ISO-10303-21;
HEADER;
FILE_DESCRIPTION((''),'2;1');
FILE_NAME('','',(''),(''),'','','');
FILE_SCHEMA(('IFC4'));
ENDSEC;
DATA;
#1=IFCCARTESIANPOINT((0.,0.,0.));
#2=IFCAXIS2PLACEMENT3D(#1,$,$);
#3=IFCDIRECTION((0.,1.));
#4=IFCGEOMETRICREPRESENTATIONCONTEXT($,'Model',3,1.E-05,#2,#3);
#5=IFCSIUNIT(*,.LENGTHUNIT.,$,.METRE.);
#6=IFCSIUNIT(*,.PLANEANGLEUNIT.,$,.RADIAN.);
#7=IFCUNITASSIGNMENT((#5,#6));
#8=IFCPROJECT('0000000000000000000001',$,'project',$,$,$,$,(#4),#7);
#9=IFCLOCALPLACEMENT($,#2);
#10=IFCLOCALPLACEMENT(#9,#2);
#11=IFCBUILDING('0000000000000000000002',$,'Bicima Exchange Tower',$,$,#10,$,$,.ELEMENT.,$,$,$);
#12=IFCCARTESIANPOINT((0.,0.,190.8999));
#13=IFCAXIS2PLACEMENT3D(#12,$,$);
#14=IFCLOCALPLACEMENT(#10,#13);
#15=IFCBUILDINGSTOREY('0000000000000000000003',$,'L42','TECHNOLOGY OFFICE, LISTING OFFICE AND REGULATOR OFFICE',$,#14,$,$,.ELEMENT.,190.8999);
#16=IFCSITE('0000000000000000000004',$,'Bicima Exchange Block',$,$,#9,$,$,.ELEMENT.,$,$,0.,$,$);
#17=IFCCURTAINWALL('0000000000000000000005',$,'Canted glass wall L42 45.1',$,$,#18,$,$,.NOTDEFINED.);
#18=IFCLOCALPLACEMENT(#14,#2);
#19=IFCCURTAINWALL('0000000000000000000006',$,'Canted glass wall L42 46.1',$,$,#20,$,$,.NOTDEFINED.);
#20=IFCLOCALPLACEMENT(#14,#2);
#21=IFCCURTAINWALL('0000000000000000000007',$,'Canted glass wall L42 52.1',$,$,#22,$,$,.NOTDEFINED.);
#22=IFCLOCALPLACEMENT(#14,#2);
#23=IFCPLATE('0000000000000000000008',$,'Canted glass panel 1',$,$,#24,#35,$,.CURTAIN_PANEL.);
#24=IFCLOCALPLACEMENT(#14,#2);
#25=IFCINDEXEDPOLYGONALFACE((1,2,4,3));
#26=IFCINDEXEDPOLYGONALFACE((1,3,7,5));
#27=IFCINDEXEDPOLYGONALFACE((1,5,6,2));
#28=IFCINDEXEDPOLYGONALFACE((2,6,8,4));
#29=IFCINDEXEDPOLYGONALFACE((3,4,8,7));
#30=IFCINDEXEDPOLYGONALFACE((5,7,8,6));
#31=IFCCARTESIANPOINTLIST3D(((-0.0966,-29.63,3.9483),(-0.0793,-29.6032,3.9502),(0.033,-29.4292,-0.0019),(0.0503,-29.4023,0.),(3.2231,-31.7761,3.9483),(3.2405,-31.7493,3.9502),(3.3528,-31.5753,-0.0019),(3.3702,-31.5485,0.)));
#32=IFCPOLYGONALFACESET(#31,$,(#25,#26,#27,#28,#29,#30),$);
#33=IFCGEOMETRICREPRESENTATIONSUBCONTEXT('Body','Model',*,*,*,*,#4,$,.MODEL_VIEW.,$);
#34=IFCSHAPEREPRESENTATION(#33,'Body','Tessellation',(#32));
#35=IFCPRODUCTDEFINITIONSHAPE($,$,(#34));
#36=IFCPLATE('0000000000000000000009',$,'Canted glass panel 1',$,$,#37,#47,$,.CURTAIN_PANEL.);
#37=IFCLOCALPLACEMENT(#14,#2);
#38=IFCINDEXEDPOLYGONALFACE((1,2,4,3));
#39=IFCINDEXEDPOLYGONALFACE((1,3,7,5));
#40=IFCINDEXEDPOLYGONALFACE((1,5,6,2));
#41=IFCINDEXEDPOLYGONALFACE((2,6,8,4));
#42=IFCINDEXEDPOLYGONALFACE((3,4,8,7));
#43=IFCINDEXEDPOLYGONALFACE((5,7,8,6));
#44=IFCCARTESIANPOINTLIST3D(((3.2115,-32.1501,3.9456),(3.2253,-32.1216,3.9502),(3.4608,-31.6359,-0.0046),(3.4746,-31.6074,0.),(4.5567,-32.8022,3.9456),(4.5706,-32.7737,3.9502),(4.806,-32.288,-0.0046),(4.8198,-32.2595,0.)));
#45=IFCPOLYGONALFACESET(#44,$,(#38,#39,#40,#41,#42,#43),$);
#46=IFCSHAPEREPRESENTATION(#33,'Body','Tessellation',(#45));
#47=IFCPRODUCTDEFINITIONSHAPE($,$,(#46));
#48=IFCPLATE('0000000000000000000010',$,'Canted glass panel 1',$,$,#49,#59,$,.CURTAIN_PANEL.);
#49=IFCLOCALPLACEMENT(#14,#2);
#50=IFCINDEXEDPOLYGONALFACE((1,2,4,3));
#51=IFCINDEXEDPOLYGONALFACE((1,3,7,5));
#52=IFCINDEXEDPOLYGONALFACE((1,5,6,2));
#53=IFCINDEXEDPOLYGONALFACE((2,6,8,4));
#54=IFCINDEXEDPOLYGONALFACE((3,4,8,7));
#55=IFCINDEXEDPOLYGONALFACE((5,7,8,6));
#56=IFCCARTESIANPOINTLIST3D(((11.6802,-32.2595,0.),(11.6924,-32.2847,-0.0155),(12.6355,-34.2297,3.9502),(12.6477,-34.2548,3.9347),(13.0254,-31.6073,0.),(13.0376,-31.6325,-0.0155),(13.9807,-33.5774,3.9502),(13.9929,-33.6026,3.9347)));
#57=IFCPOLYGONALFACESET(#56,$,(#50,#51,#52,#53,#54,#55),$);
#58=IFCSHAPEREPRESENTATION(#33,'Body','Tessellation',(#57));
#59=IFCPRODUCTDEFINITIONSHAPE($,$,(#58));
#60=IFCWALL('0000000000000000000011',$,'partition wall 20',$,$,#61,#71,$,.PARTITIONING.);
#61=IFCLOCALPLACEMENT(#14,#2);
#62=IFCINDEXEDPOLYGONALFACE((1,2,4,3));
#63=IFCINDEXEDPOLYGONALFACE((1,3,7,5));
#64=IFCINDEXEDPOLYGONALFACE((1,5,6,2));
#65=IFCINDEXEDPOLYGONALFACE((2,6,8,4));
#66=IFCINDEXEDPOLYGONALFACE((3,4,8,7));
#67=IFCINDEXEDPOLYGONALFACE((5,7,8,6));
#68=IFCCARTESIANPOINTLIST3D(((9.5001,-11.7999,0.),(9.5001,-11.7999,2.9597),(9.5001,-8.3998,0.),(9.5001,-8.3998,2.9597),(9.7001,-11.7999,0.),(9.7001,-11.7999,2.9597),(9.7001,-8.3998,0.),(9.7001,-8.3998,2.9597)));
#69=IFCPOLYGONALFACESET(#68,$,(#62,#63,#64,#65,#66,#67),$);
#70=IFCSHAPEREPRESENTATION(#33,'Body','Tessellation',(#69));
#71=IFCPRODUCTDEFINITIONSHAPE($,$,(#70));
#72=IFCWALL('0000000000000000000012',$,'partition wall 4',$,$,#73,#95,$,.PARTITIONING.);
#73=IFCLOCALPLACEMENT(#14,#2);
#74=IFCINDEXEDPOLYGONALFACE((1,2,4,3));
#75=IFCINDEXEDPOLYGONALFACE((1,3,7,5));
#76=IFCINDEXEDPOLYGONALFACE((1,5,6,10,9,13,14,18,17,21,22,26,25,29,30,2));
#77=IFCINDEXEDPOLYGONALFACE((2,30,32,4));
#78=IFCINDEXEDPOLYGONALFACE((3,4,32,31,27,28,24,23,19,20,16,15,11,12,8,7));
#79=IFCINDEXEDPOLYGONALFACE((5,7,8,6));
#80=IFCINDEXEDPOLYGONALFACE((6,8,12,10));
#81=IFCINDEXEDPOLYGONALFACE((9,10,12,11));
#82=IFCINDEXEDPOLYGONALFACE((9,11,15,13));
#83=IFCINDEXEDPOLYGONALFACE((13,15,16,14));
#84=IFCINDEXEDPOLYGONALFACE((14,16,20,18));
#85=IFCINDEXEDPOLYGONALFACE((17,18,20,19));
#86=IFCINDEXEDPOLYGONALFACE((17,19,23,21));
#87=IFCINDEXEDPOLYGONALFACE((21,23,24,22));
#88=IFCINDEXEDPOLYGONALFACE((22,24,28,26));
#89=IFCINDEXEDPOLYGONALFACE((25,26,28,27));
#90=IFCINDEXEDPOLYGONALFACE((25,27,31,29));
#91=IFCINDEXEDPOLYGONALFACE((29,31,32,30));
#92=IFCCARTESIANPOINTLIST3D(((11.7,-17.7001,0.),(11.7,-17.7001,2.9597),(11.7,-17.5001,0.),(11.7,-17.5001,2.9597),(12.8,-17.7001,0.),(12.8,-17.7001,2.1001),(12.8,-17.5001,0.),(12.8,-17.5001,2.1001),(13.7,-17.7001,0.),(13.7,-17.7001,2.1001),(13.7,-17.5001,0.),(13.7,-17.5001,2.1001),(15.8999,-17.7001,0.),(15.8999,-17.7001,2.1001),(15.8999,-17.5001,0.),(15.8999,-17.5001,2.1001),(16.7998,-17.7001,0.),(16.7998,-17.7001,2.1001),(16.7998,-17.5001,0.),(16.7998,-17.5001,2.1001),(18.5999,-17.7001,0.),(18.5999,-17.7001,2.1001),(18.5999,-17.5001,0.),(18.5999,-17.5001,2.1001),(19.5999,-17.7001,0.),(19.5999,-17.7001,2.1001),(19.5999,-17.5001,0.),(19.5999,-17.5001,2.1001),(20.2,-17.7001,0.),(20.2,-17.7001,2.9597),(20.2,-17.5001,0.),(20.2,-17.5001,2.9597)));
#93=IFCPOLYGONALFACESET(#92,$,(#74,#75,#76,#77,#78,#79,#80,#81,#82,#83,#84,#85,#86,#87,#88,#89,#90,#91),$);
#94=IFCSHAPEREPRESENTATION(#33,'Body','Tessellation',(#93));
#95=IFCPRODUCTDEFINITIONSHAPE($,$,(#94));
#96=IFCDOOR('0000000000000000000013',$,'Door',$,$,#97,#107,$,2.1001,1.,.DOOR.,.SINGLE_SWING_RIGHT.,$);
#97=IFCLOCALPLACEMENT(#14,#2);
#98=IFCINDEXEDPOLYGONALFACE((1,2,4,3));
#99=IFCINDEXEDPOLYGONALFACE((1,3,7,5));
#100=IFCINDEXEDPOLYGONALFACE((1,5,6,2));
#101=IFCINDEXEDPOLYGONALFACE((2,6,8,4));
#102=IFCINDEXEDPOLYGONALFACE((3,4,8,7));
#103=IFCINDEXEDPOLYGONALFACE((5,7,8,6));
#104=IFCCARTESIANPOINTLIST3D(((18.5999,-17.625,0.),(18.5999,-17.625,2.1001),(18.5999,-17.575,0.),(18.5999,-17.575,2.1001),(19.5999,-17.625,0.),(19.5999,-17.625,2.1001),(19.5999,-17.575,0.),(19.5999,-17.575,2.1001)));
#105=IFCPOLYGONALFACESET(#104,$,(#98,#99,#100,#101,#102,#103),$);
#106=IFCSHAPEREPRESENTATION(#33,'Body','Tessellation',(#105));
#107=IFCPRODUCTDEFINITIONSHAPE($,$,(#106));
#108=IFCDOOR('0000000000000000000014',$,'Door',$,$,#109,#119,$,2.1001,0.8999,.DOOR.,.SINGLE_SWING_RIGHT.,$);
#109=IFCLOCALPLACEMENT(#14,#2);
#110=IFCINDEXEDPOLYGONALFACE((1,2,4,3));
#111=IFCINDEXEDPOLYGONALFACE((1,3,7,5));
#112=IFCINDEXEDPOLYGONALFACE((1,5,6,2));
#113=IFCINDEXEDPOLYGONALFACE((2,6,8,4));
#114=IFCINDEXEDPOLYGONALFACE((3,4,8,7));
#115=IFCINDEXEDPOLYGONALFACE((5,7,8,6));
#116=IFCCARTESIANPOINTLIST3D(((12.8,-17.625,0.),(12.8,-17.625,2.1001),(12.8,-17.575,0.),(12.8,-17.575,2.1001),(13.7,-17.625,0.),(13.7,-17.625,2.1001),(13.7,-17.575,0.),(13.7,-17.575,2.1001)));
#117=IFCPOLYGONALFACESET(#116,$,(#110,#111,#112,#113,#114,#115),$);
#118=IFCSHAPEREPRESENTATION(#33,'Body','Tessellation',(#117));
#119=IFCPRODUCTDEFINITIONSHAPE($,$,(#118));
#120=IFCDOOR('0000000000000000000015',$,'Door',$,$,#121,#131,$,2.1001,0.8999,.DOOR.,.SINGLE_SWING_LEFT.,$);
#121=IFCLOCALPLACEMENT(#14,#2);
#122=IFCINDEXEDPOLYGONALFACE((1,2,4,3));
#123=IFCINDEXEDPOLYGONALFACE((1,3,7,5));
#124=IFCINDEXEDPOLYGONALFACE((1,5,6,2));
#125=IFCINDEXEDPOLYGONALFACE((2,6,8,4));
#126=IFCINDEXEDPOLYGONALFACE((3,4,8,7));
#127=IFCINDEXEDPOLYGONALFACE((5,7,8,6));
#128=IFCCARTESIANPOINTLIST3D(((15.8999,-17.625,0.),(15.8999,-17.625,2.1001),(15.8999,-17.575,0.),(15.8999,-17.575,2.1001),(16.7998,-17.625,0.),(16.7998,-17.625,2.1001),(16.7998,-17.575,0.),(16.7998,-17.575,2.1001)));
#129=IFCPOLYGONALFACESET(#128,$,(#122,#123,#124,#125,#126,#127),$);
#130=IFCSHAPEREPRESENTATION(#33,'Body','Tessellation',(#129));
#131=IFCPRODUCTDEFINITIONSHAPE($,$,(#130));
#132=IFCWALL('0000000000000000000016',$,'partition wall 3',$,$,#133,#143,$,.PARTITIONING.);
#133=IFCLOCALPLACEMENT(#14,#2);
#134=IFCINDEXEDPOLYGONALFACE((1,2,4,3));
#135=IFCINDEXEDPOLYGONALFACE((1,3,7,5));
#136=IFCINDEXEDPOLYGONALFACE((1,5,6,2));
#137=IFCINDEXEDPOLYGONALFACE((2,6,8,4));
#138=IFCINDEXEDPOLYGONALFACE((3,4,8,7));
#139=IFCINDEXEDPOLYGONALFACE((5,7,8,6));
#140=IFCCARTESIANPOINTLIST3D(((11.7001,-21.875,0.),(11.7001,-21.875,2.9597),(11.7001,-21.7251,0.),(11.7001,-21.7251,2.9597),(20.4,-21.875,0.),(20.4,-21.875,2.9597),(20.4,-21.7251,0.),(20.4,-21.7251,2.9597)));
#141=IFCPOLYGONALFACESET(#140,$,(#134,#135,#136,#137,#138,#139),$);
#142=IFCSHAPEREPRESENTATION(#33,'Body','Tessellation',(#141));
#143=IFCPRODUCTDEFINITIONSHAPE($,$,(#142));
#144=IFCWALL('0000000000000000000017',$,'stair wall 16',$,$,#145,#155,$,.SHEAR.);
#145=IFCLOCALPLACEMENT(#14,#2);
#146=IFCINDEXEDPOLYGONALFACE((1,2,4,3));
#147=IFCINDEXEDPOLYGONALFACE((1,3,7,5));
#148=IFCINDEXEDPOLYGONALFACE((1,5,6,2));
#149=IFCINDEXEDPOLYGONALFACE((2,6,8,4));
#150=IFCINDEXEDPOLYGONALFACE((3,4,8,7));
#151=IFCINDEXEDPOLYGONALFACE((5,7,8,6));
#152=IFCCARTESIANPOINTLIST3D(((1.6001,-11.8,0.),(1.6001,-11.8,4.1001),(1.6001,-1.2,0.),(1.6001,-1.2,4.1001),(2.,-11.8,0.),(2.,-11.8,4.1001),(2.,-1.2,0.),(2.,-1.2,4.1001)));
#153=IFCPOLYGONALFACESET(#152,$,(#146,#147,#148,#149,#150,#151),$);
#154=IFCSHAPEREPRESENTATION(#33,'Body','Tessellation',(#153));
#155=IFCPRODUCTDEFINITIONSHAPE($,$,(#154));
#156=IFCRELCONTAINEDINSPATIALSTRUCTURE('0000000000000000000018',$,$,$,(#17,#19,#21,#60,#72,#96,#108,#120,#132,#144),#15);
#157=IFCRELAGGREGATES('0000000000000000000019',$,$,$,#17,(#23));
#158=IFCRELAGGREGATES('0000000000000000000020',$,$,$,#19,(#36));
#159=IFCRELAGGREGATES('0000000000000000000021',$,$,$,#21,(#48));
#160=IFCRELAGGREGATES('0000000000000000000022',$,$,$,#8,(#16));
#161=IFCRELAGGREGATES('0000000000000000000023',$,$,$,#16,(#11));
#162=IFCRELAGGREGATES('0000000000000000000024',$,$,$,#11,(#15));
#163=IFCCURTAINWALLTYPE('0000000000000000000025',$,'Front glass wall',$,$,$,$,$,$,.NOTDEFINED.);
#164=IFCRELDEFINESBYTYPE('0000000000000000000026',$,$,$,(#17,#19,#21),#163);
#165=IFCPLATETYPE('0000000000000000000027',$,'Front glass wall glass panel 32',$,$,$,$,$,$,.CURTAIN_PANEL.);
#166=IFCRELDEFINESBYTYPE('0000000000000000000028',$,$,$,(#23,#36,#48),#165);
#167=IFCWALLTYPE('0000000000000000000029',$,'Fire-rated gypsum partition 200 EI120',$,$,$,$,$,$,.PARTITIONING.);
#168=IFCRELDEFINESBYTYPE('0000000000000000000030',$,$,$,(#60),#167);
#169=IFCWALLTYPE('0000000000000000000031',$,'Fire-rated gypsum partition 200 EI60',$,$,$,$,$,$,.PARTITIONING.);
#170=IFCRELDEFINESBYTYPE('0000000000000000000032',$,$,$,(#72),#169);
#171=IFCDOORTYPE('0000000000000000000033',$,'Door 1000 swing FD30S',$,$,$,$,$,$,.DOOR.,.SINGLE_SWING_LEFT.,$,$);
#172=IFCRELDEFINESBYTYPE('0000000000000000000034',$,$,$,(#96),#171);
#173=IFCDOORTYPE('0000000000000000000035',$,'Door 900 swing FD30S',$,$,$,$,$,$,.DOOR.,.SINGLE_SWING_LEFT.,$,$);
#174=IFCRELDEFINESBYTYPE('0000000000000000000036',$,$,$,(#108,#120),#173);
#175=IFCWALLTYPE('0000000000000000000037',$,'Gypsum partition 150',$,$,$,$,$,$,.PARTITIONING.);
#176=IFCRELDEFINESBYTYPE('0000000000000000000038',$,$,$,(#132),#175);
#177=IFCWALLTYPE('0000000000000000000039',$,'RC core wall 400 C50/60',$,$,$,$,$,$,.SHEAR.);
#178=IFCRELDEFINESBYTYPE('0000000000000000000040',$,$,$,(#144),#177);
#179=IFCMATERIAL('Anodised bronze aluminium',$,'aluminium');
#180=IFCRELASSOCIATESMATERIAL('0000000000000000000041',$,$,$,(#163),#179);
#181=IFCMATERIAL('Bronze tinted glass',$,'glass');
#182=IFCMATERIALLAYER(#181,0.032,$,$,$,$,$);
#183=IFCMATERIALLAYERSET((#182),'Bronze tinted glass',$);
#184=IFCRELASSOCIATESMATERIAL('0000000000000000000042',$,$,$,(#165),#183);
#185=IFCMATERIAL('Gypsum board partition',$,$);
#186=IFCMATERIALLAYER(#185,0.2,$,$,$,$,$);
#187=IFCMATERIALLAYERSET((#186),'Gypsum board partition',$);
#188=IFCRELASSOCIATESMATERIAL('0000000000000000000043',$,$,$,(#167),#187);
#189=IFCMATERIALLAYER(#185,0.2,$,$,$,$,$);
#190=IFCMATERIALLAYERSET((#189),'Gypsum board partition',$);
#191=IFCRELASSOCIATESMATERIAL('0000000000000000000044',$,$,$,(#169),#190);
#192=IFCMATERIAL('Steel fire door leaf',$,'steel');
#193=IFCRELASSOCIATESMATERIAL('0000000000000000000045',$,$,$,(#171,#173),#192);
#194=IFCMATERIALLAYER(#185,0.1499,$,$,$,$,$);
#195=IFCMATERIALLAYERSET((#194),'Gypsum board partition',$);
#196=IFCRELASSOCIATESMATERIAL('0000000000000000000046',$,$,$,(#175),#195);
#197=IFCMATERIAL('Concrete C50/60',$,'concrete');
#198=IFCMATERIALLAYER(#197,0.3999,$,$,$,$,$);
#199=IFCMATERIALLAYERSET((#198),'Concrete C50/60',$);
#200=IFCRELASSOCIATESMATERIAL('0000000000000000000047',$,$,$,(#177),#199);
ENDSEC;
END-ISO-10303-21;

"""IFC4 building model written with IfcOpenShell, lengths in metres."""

from ifc_helpers import new_model, si_unit, direction, frame, frame_2d, origin, place, context, subcontext, project, spatial, polyline, rectangle, outline, extrude, material, layer, layer_set, type_object, element, fill, aggregate, save


model = new_model("IFC4")

# Units and contexts
model_context = context("Model", 3, precision=1e-05, world=origin(), true_north=direction((0.0, 1.0)))
body_context = subcontext(model_context, "Body", "Model", "MODEL_VIEW")
ifc_project = project(units=[si_unit("LENGTHUNIT", "METRE"), si_unit("PLANEANGLEUNIT", "RADIAN")], contexts=[model_context])

# Site, building, storey
site_placement = place(None, origin())
site = spatial("IfcSite", under=ifc_project, at=site_placement, Name="Bicima Exchange Block", CompositionType="ELEMENT", RefElevation=0.0)
building_placement = place(site_placement, origin())
building = spatial("IfcBuilding", under=site, at=building_placement, Name="Bicima Exchange Tower", CompositionType="ELEMENT")
storey_placement = place(building_placement, frame((0.0, 0.0, 190.8999)))
storey = spatial("IfcBuildingStorey", under=building, at=storey_placement, Name="L42", Description="TECHNOLOGY OFFICE, LISTING OFFICE AND REGULATOR OFFICE", CompositionType="ELEMENT", Elevation=190.8999)

# Shared definitions
ifc_material_1 = material(Name="Anodised bronze aluminium", Category="aluminium")
curtain_wall_type = type_object("IfcCurtainWallType", Name="Front glass wall", PredefinedType="NOTDEFINED", material=ifc_material_1)

# Curtain wall
curtain_wall_1_placement = place(storey_placement, origin())
curtain_wall_1 = element("IfcCurtainWall", 1, at=curtain_wall_1_placement, inside=storey, type_object=curtain_wall_type, Name="Canted glass wall L42 45.1", PredefinedType="NOTDEFINED")

# Curtain walls
curtain_wall_2_placement = place(storey_placement, origin())
curtain_wall_2 = element("IfcCurtainWall", 2, at=curtain_wall_2_placement, inside=storey, type_object=curtain_wall_type, Name="Canted glass wall L42 46.1", PredefinedType="NOTDEFINED")
curtain_wall_3_placement = place(storey_placement, origin())
curtain_wall_3 = element("IfcCurtainWall", 3, at=curtain_wall_3_placement, inside=storey, type_object=curtain_wall_type, Name="Canted glass wall L42 52.1", PredefinedType="NOTDEFINED")

# Plates
ifc_material_2 = material(Name="Bronze tinted glass", Category="glass")
ifc_layer_1 = layer(ifc_material_2, 0.032)
ifc_layer_set_1 = layer_set([ifc_layer_1], Name="Bronze tinted glass")
plate_type = type_object("IfcPlateType", Name="Front glass wall glass panel 32", PredefinedType="CURTAIN_PANEL", material=ifc_layer_set_1)
plate_1_placement = place(storey_placement, frame((0.0503, -29.4023, 0.0), z_axis=(0.541903, 0.838268, 0.060397), x_axis=(0.839801, -0.542894, 0.000002)))
plate_1 = element("IfcPlate", 4, at=plate_1_placement, type_object=plate_type, Name="Canted glass panel 1", PredefinedType="CURTAIN_PANEL", context=body_context, shape_type="SweptSolid", body=[
    extrude(outline(polyline([(0.0, 0.0), (3.9532, 0.0), (3.9533, -3.9574), (0.0002, -3.9574), (0.0, 0.0)])), origin(), (0.0, 0.0, -1.0), 0.032),
])
aggregate(curtain_wall_1, [plate_1])
plate_2_placement = place(storey_placement, frame((3.4746, -31.6074, 0.0), z_axis=(0.431712, 0.890578, 0.14316), x_axis=(0.899847, -0.436205, 0.0)))
plate_2 = element("IfcPlate", 5, at=plate_2_placement, type_object=plate_type, Name="Canted glass panel 1", PredefinedType="CURTAIN_PANEL", context=body_context, shape_type="SweptSolid", body=[
    extrude(outline(polyline([(0.0, 0.0), (1.4949, 0.0), (1.4949, -3.9913), (0.0, -3.9913), (0.0, 0.0)])), origin(), (0.0, 0.0, -1.0), 0.032),
])
aggregate(curtain_wall_2, [plate_2])
plate_3_placement = place(storey_placement, frame((11.6802, -32.2595, 0.0), z_axis=(-0.381577, 0.787007, 0.484788), x_axis=(0.899823, 0.436256, 0.000031)))
plate_3 = element("IfcPlate", 6, at=plate_3_placement, type_object=plate_type, Name="Canted glass panel 1", PredefinedType="CURTAIN_PANEL", context=body_context, shape_type="SweptSolid", body=[
    extrude(outline(polyline([(0.0, 0.0), (1.4949, 0.0), (1.4953, -4.5164), (0.0002, -4.5165), (0.0, 0.0)])), origin(), (0.0, 0.0, -1.0), 0.032),
])
aggregate(curtain_wall_3, [plate_3])

# Wall
ifc_material_3 = material(Name="Gypsum board partition")
ifc_layer_2 = layer(ifc_material_3, 0.2)
ifc_layer_set_2 = layer_set([ifc_layer_2], Name="Gypsum board partition")
wall_type_1 = type_object("IfcWallType", Name="Fire-rated gypsum partition 200 EI120", PredefinedType="PARTITIONING", material=ifc_layer_set_2)
wall_1_placement = place(storey_placement, frame((9.6001, -11.8, 0.0), z_axis=(0.0, 0.0, 1.0), x_axis=(0.0, 1.0, 0.0)))
element("IfcWall", 7, at=wall_1_placement, inside=storey, type_object=wall_type_1, Name="partition wall 20", PredefinedType="PARTITIONING", context=body_context, shape_type="SweptSolid", body=[
    extrude(rectangle(XDim=3.4001, YDim=0.2, at=frame_2d((1.7002, 0.0))), origin(), (0.0, 0.0, 1.0), 2.9597),
])

# Wall, openings, doors
ifc_layer_3 = layer(ifc_material_3, 0.2)
ifc_layer_set_3 = layer_set([ifc_layer_3], Name="Gypsum board partition")
wall_type_2 = type_object("IfcWallType", Name="Fire-rated gypsum partition 200 EI60", PredefinedType="PARTITIONING", material=ifc_layer_set_3)
wall_2_placement = place(storey_placement, frame((11.7, -17.6001, 0.0), z_axis=(0.0, 0.0, 1.0), x_axis=(1.0, 0.0, 0.0)))
wall_2 = element("IfcWall", 8, at=wall_2_placement, inside=storey, type_object=wall_type_2, Name="partition wall 4", PredefinedType="PARTITIONING", context=body_context, shape_type="SweptSolid", body=[
    extrude(rectangle(XDim=8.5, YDim=0.2, at=frame_2d((4.25, 0.0))), origin(), (0.0, 0.0, 1.0), 2.9597),
])
opening_1_placement = place(wall_2_placement, frame((1.1001, 0.0, 0.0)))
opening_1 = element("IfcOpeningElement", 9, at=opening_1_placement, cuts=wall_2, PredefinedType="OPENING", context=body_context, shape_type="SweptSolid", body=[
    extrude(rectangle(XDim=0.8999, YDim=2.1001, at=frame_2d((0.45, 1.05))), frame((0.0, 0.1118, 0.0), z_axis=(0.0, -1.0, 0.0), x_axis=(1.0, 0.0, 0.0)), (0.0, 0.0, 1.0), 0.2239),
])
opening_2_placement = place(wall_2_placement, frame((4.2, 0.0, 0.0)))
opening_2 = element("IfcOpeningElement", 10, at=opening_2_placement, cuts=wall_2, PredefinedType="OPENING", context=body_context, shape_type="SweptSolid", body=[
    extrude(rectangle(XDim=0.8999, YDim=2.1001, at=frame_2d((0.45, 1.05))), frame((0.0, 0.1118, 0.0), z_axis=(0.0, -1.0, 0.0), x_axis=(1.0, 0.0, 0.0)), (0.0, 0.0, 1.0), 0.2239),
])
opening_3_placement = place(wall_2_placement, frame((6.8999, 0.0, 0.0)))
opening_3 = element("IfcOpeningElement", 11, at=opening_3_placement, cuts=wall_2, PredefinedType="OPENING", context=body_context, shape_type="SweptSolid", body=[
    extrude(rectangle(XDim=1.0, YDim=2.1001, at=frame_2d((0.5, 1.05))), frame((0.0, 0.1118, 0.0), z_axis=(0.0, -1.0, 0.0), x_axis=(1.0, 0.0, 0.0)), (0.0, 0.0, 1.0), 0.2239),
])
ifc_material_4 = material(Name="Steel fire door leaf", Category="steel")
door_type_1 = type_object("IfcDoorType", Name="Door 1000 swing FD30S", OperationType="SINGLE_SWING_LEFT", PredefinedType="DOOR", material=ifc_material_4)
door_1_placement = place(opening_3_placement, frame((1.0, 0.0, 0.0), z_axis=(0.0, 0.0, 1.0), x_axis=(-1.0, 0.0, 0.0)))
door_1 = element("IfcDoor", 12, at=door_1_placement, inside=storey, type_object=door_type_1, Name="Door", OperationType="SINGLE_SWING_RIGHT", OverallHeight=2.1001, OverallWidth=1.0, PredefinedType="DOOR", context=body_context, shape_type="SweptSolid", body=[
    extrude(rectangle(XDim=1.0, YDim=2.1001, at=frame_2d((0.5, 1.05))), frame((0.0, 0.0249, 0.0), z_axis=(0.0, -1.0, 0.0), x_axis=(1.0, 0.0, 0.0)), (0.0, 0.0, 1.0), 0.05),
])
fill(opening_3, door_1)
door_type_2 = type_object("IfcDoorType", Name="Door 900 swing FD30S", OperationType="SINGLE_SWING_LEFT", PredefinedType="DOOR", material=ifc_material_4)
door_2_placement = place(opening_1_placement, frame((0.8999, 0.0, 0.0), z_axis=(0.0, 0.0, 1.0), x_axis=(-1.0, 0.0, 0.0)))
door_2 = element("IfcDoor", 13, at=door_2_placement, inside=storey, type_object=door_type_2, Name="Door", OperationType="SINGLE_SWING_RIGHT", OverallHeight=2.1001, OverallWidth=0.8999, PredefinedType="DOOR", context=body_context, shape_type="SweptSolid", body=[
    extrude(rectangle(XDim=0.8999, YDim=2.1001, at=frame_2d((0.45, 1.05))), frame((0.0, 0.0249, 0.0), z_axis=(0.0, -1.0, 0.0), x_axis=(1.0, 0.0, 0.0)), (0.0, 0.0, 1.0), 0.05),
])
fill(opening_1, door_2)
door_3_placement = place(opening_2_placement, frame((0.8999, 0.0, 0.0), z_axis=(0.0, 0.0, 1.0), x_axis=(-1.0, 0.0, 0.0)))
door_3 = element("IfcDoor", 14, at=door_3_placement, inside=storey, type_object=door_type_2, Name="Door", OperationType="SINGLE_SWING_LEFT", OverallHeight=2.1001, OverallWidth=0.8999, PredefinedType="DOOR", context=body_context, shape_type="SweptSolid", body=[
    extrude(rectangle(XDim=0.8999, YDim=2.1001, at=frame_2d((0.45, 1.05))), frame((0.0, 0.0249, 0.0), z_axis=(0.0, -1.0, 0.0), x_axis=(1.0, 0.0, 0.0)), (0.0, 0.0, 1.0), 0.05),
])
fill(opening_2, door_3)

# Walls
ifc_layer_4 = layer(ifc_material_3, 0.1499)
ifc_layer_set_4 = layer_set([ifc_layer_4], Name="Gypsum board partition")
wall_type_3 = type_object("IfcWallType", Name="Gypsum partition 150", PredefinedType="PARTITIONING", material=ifc_layer_set_4)
wall_3_placement = place(storey_placement, frame((11.7, -21.8, 0.0), z_axis=(0.0, 0.0, 1.0), x_axis=(1.0, 0.0, 0.0)))
element("IfcWall", 15, at=wall_3_placement, inside=storey, type_object=wall_type_3, Name="partition wall 3", PredefinedType="PARTITIONING", context=body_context, shape_type="SweptSolid", body=[
    extrude(rectangle(XDim=8.7, YDim=0.1499, at=frame_2d((4.3501, 0.0))), origin(), (0.0, 0.0, 1.0), 2.9597),
])
ifc_material_5 = material(Name="Concrete C50/60", Category="concrete")
ifc_layer_5 = layer(ifc_material_5, 0.3999)
ifc_layer_set_5 = layer_set([ifc_layer_5], Name="Concrete C50/60")
wall_type_4 = type_object("IfcWallType", Name="RC core wall 400 C50/60", PredefinedType="SHEAR", material=ifc_layer_set_5)
wall_4_placement = place(storey_placement, frame((1.8, -11.8, 0.0), z_axis=(0.0, 0.0, 1.0), x_axis=(0.0, 1.0, 0.0)))
element("IfcWall", 16, at=wall_4_placement, inside=storey, type_object=wall_type_4, Name="stair wall 16", PredefinedType="SHEAR", context=body_context, shape_type="SweptSolid", body=[
    extrude(rectangle(XDim=10.6001, YDim=0.3999, at=frame_2d((5.3, 0.0))), origin(), (0.0, 0.0, 1.0), 4.1001),
])

save(model, "model.ifc")
